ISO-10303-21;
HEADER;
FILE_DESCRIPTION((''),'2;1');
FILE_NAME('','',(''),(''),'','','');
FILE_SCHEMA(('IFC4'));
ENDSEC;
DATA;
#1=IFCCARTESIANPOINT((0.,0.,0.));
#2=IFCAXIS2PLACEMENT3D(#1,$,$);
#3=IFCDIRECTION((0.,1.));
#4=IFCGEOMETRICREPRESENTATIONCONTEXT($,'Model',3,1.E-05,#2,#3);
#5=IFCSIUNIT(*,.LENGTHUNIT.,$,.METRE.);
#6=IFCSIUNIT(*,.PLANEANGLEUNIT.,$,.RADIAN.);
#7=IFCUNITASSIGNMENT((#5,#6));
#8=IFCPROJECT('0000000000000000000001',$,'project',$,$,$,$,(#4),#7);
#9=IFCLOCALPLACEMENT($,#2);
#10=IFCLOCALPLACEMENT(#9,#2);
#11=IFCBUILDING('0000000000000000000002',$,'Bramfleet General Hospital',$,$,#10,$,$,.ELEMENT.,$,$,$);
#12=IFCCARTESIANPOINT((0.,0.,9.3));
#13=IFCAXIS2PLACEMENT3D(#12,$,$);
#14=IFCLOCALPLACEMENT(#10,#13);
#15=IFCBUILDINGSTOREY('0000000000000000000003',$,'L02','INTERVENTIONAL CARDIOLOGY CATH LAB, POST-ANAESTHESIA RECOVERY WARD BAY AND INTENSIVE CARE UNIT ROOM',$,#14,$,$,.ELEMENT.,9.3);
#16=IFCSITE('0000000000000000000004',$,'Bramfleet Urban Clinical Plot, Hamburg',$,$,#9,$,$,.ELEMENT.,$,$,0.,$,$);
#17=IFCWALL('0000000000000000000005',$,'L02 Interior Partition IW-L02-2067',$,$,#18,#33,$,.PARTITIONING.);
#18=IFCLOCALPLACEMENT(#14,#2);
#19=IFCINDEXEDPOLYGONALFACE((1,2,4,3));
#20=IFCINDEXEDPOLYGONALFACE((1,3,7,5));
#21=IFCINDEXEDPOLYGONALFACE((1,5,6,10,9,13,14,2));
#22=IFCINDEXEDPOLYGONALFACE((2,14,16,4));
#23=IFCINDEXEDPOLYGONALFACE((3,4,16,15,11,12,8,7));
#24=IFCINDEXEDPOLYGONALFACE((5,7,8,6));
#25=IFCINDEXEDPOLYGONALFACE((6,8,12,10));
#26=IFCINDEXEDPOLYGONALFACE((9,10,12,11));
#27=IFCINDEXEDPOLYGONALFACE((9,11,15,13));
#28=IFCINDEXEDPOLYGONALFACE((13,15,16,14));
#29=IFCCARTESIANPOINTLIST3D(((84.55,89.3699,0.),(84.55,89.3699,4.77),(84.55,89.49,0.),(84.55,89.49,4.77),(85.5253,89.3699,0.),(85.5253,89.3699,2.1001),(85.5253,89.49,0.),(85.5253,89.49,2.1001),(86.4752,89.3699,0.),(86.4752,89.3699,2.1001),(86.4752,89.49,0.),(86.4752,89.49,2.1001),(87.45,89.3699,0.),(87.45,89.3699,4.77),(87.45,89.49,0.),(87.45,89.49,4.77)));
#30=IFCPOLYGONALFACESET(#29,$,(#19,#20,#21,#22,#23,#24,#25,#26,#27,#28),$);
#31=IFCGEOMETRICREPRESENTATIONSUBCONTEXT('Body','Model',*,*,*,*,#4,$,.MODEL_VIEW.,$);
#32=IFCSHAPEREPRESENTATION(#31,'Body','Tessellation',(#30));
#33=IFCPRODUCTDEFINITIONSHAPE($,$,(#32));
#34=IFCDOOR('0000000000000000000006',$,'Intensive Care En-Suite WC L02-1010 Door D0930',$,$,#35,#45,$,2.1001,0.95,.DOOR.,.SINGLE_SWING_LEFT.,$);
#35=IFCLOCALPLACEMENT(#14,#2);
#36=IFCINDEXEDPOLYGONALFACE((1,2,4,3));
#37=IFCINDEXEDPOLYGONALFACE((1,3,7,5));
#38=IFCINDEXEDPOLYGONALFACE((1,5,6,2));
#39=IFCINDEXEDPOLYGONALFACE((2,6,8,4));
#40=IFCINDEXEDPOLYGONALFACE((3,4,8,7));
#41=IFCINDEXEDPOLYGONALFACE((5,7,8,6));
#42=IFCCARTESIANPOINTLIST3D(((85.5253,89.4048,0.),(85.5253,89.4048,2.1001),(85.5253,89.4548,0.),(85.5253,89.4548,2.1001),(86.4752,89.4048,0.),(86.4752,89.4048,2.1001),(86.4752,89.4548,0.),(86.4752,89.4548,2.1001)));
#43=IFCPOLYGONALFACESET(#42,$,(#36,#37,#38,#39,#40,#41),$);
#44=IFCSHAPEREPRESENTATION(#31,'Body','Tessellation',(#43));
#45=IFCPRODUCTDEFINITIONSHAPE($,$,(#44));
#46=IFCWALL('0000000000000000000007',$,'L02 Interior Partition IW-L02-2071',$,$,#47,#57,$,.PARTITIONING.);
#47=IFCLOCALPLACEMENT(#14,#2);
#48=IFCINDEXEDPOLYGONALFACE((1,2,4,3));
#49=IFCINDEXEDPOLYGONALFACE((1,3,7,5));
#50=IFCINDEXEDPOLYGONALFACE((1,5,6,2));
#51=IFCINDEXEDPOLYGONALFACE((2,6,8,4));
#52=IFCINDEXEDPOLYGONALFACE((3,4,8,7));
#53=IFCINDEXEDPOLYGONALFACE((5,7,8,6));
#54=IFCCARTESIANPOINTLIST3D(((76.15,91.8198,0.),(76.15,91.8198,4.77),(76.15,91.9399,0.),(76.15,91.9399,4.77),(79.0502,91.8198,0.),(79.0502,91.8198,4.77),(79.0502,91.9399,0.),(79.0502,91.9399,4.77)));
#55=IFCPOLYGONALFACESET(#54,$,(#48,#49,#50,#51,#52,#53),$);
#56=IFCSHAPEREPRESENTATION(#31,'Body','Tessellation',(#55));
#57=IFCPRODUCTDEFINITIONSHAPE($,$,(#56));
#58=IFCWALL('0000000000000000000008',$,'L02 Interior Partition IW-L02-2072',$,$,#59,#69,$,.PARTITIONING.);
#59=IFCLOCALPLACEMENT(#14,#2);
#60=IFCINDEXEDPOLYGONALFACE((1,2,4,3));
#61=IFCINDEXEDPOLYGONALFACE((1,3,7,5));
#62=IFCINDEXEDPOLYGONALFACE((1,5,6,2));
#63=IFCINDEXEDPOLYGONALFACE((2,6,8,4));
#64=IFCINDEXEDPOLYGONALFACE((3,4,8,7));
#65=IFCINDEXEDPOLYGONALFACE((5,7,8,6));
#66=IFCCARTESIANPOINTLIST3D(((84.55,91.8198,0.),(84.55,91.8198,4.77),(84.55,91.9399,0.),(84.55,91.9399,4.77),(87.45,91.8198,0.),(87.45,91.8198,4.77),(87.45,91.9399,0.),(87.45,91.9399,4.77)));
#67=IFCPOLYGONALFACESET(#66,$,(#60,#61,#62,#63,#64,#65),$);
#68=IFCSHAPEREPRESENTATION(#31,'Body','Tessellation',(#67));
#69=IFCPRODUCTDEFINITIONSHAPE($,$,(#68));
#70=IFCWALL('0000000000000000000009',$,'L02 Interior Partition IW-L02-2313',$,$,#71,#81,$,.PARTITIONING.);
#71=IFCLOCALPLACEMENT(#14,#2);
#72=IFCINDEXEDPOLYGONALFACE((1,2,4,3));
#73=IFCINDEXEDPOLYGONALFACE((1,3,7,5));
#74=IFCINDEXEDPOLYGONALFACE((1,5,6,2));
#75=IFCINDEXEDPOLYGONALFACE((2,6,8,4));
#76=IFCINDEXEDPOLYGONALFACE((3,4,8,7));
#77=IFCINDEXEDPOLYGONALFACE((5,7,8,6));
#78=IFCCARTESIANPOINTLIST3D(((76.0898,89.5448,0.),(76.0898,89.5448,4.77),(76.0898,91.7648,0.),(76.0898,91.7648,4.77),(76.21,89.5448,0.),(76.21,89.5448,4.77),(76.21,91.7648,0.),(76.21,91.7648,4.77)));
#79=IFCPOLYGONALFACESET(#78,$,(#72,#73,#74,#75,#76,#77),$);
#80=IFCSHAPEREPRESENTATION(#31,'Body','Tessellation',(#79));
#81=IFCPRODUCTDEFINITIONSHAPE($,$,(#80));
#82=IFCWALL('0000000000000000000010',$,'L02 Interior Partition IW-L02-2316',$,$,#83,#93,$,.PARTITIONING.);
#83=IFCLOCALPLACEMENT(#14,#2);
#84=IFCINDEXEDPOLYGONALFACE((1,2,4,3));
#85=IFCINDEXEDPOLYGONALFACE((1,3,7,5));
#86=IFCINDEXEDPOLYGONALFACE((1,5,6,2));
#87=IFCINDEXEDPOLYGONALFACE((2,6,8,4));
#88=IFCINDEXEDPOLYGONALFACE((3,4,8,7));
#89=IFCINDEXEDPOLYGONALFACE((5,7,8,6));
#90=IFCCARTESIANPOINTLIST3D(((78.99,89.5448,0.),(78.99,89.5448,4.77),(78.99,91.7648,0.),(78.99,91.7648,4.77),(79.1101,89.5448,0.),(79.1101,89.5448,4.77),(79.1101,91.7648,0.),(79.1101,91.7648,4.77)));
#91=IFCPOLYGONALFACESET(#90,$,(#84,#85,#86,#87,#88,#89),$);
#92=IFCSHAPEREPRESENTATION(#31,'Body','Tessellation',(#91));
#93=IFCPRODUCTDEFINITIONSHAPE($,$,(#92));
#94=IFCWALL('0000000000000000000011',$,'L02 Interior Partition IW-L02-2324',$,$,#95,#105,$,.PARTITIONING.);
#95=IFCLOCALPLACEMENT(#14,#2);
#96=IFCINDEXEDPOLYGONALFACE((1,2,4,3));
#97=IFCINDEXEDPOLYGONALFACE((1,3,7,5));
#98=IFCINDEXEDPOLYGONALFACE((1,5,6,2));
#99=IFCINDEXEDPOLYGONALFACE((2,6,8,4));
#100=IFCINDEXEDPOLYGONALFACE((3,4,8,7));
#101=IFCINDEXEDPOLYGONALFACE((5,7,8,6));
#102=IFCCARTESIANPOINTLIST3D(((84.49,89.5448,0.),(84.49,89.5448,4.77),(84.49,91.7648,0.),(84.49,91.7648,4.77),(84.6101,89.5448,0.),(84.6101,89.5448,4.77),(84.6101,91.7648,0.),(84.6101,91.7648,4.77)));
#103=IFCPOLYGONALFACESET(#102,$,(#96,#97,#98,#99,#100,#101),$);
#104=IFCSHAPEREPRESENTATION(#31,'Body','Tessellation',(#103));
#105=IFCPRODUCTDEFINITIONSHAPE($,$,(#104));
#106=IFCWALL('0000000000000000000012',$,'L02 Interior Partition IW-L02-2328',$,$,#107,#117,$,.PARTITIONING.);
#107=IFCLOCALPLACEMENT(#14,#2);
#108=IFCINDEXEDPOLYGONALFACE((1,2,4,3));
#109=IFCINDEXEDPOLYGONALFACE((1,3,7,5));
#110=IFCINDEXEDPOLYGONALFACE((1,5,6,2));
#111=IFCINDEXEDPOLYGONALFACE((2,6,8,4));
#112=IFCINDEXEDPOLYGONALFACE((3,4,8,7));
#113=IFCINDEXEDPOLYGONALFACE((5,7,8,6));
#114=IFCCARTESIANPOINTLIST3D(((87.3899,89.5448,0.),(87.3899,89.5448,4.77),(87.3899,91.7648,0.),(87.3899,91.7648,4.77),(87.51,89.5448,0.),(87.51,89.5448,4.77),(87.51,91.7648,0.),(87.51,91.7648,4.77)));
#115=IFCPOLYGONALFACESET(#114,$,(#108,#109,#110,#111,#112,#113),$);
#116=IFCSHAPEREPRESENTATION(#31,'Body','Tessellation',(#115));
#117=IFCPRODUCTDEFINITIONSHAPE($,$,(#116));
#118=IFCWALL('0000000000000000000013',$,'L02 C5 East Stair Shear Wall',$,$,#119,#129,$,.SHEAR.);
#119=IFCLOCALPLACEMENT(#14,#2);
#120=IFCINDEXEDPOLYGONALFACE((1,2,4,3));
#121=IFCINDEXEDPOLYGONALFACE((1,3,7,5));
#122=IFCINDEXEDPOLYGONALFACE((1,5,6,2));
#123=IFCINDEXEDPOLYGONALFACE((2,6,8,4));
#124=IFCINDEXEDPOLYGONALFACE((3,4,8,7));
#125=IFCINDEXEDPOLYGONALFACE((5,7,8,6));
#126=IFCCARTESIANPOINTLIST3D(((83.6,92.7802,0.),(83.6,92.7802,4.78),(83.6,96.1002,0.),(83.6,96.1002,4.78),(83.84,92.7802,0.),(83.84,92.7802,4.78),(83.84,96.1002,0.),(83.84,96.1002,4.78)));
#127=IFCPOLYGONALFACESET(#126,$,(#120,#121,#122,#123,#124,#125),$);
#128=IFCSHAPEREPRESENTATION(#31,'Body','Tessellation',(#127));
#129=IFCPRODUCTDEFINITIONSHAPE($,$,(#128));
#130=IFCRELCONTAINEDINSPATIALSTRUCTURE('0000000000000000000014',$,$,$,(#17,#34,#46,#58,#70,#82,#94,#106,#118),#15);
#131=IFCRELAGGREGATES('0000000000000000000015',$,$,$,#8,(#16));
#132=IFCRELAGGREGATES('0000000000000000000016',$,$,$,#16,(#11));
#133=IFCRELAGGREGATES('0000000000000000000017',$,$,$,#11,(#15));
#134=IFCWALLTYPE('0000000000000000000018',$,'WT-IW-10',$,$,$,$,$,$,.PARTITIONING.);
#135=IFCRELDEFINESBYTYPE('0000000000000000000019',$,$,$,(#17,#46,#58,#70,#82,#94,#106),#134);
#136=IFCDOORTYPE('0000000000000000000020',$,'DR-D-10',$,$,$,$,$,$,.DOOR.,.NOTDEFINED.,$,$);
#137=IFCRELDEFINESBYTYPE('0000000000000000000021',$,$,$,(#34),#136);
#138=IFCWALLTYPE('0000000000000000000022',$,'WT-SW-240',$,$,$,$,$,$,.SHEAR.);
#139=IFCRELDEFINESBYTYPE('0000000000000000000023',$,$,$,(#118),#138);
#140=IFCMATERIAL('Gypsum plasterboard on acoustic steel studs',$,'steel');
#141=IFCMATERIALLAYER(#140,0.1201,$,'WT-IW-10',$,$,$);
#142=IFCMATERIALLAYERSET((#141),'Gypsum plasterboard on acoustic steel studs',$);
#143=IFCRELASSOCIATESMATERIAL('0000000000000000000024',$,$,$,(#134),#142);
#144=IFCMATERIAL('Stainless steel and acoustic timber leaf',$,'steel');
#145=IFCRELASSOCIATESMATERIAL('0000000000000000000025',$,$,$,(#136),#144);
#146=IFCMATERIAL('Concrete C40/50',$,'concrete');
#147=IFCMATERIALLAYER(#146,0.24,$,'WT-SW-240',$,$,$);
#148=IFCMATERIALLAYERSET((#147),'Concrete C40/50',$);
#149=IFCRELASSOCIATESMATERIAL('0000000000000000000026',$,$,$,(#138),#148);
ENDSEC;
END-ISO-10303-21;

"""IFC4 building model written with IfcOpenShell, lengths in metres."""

from ifc_helpers import new_model, si_unit, direction, frame, frame_2d, origin, place, context, subcontext, project, spatial, rectangle, extrude, material, layer, layer_set, type_object, element, fill, save


model = new_model("IFC4")

# Units and contexts
model_context = context("Model", 3, precision=1e-05, world=origin(), true_north=direction((0.0, 1.0)))
body_context = subcontext(model_context, "Body", "Model", "MODEL_VIEW")
ifc_project = project(units=[si_unit("LENGTHUNIT", "METRE"), si_unit("PLANEANGLEUNIT", "RADIAN")], contexts=[model_context])

# Site, building, storey
site_placement = place(None, origin())
site = spatial("IfcSite", under=ifc_project, at=site_placement, Name="Bramfleet Urban Clinical Plot, Hamburg", CompositionType="ELEMENT", RefElevation=0.0)
building_placement = place(site_placement, origin())
building = spatial("IfcBuilding", under=site, at=building_placement, Name="Bramfleet General Hospital", CompositionType="ELEMENT")
storey_placement = place(building_placement, frame((0.0, 0.0, 9.3)))
storey = spatial("IfcBuildingStorey", under=building, at=storey_placement, Name="L02", Description="INTERVENTIONAL CARDIOLOGY CATH LAB, POST-ANAESTHESIA RECOVERY WARD BAY AND INTENSIVE CARE UNIT ROOM", CompositionType="ELEMENT", Elevation=9.3)

# Shared definitions
ifc_material_1 = material(Name="Concrete C40/50", Category="concrete")

# Shared definitions
ifc_material_2 = material(Name="Gypsum plasterboard on acoustic steel studs", Category="steel")
ifc_material_3 = material(Name="Stainless steel and acoustic timber leaf", Category="steel")

# Wall, opening, door
ifc_layer_1 = layer(ifc_material_2, 0.1201, Name="WT-IW-10")
ifc_layer_set_1 = layer_set([ifc_layer_1], Name="Gypsum plasterboard on acoustic steel studs")
wall_type_1 = type_object("IfcWallType", Name="WT-IW-10", PredefinedType="PARTITIONING", material=ifc_layer_set_1)
door_type_1 = type_object("IfcDoorType", Name="DR-D-10", OperationType="NOTDEFINED", PredefinedType="DOOR", material=ifc_material_3)
wall_1_placement = place(storey_placement, frame((84.55, 89.4299, 0.0), z_axis=(0.0, 0.0, 1.0), x_axis=(1.0, 0.0, 0.0)))
wall_1 = element("IfcWall", 1, at=wall_1_placement, inside=storey, type_object=wall_type_1, Name="L02 Interior Partition IW-L02-2067", PredefinedType="PARTITIONING", context=body_context, shape_type="SweptSolid", body=[
    extrude(rectangle(XDim=2.8999, YDim=0.1201, at=frame_2d((1.45, 0.0))), origin(), (0.0, 0.0, 1.0), 4.77),
])
opening_1_placement = place(wall_1_placement, frame((0.9751, 0.0, 0.0)))
opening_1 = element("IfcOpeningElement", 2, at=opening_1_placement, cuts=wall_1, PredefinedType="OPENING", context=body_context, shape_type="SweptSolid", body=[
    extrude(rectangle(XDim=0.95, YDim=2.1001, at=frame_2d((0.4751, 1.05))), frame((0.0, 0.0701, 0.0), z_axis=(0.0, -1.0, 0.0), x_axis=(1.0, 0.0, 0.0)), (0.0, 0.0, 1.0), 0.1401),
])
door_1_placement = place(opening_1_placement, origin())
door_1 = element("IfcDoor", 3, at=door_1_placement, inside=storey, type_object=door_type_1, Name="Intensive Care En-Suite WC L02-1010 Door D0930", OperationType="SINGLE_SWING_LEFT", OverallHeight=2.1001, OverallWidth=0.95, PredefinedType="DOOR", context=body_context, shape_type="SweptSolid", body=[
    extrude(rectangle(XDim=0.95, YDim=2.1001, at=frame_2d((0.4751, 1.05))), frame((0.0, 0.0249, 0.0), z_axis=(0.0, -1.0, 0.0), x_axis=(1.0, 0.0, 0.0)), (0.0, 0.0, 1.0), 0.05),
])
fill(opening_1, door_1)

# Walls
wall_2_placement = place(storey_placement, frame((76.1499, 91.8799, 0.0), z_axis=(0.0, 0.0, 1.0), x_axis=(1.0, 0.0, 0.0)))
element("IfcWall", 4, at=wall_2_placement, inside=storey, type_object=wall_type_1, Name="L02 Interior Partition IW-L02-2071", PredefinedType="PARTITIONING", context=body_context, shape_type="SweptSolid", body=[
    extrude(rectangle(XDim=2.9001, YDim=0.1201, at=frame_2d((1.4502, 0.0))), origin(), (0.0, 0.0, 1.0), 4.77),
])
wall_3_placement = place(storey_placement, frame((84.55, 91.8799, 0.0), z_axis=(0.0, 0.0, 1.0), x_axis=(1.0, 0.0, 0.0)))
element("IfcWall", 5, at=wall_3_placement, inside=storey, type_object=wall_type_1, Name="L02 Interior Partition IW-L02-2072", PredefinedType="PARTITIONING", context=body_context, shape_type="SweptSolid", body=[
    extrude(rectangle(XDim=2.8999, YDim=0.1201, at=frame_2d((1.45, 0.0))), origin(), (0.0, 0.0, 1.0), 4.77),
])
for number, where, z_axis, x_axis, name in (
    (6, (76.1499, 89.5449, 0.0), (0.0, 0.0, 1.0), (0.0, 1.0, 0.0), "L02 Interior Partition IW-L02-2313"),
    (7, (79.05, 89.5449, 0.0), (0.0, 0.0, 1.0), (0.0, 1.0, 0.0), "L02 Interior Partition IW-L02-2316"),
    (8, (84.55, 89.5449, 0.0), (0.0, 0.0, 1.0), (0.0, 1.0, 0.0), "L02 Interior Partition IW-L02-2324"),
    (9, (87.45, 89.5449, 0.0), (0.0, 0.0, 1.0), (0.0, 1.0, 0.0), "L02 Interior Partition IW-L02-2328"),
):
    element("IfcWall", number, at=place(storey_placement, frame(where, z_axis=z_axis, x_axis=x_axis)), inside=storey, type_object=wall_type_1, Name=name, PredefinedType="PARTITIONING", context=body_context, shape_type="SweptSolid", body=[
        extrude(rectangle(XDim=2.22, YDim=0.1201, at=frame_2d((1.1099, 0.0))), origin(), (0.0, 0.0, 1.0), 4.77),
    ])
ifc_layer_2 = layer(ifc_material_1, 0.24, Name="WT-SW-240")
ifc_layer_set_2 = layer_set([ifc_layer_2], Name="Concrete C40/50")
wall_type_2 = type_object("IfcWallType", Name="WT-SW-240", PredefinedType="SHEAR", material=ifc_layer_set_2)
wall_4_placement = place(storey_placement, frame((83.72, 92.78, 0.0), z_axis=(0.0, 0.0, 1.0), x_axis=(0.0, 1.0, 0.0)))
element("IfcWall", 10, at=wall_4_placement, inside=storey, type_object=wall_type_2, Name="L02 C5 East Stair Shear Wall", PredefinedType="SHEAR", context=body_context, shape_type="SweptSolid", body=[
    extrude(rectangle(XDim=3.3201, YDim=0.24, at=frame_2d((1.6602, 0.0))), origin(), (0.0, 0.0, 1.0), 4.78),
])

save(model, "model.ifc")
